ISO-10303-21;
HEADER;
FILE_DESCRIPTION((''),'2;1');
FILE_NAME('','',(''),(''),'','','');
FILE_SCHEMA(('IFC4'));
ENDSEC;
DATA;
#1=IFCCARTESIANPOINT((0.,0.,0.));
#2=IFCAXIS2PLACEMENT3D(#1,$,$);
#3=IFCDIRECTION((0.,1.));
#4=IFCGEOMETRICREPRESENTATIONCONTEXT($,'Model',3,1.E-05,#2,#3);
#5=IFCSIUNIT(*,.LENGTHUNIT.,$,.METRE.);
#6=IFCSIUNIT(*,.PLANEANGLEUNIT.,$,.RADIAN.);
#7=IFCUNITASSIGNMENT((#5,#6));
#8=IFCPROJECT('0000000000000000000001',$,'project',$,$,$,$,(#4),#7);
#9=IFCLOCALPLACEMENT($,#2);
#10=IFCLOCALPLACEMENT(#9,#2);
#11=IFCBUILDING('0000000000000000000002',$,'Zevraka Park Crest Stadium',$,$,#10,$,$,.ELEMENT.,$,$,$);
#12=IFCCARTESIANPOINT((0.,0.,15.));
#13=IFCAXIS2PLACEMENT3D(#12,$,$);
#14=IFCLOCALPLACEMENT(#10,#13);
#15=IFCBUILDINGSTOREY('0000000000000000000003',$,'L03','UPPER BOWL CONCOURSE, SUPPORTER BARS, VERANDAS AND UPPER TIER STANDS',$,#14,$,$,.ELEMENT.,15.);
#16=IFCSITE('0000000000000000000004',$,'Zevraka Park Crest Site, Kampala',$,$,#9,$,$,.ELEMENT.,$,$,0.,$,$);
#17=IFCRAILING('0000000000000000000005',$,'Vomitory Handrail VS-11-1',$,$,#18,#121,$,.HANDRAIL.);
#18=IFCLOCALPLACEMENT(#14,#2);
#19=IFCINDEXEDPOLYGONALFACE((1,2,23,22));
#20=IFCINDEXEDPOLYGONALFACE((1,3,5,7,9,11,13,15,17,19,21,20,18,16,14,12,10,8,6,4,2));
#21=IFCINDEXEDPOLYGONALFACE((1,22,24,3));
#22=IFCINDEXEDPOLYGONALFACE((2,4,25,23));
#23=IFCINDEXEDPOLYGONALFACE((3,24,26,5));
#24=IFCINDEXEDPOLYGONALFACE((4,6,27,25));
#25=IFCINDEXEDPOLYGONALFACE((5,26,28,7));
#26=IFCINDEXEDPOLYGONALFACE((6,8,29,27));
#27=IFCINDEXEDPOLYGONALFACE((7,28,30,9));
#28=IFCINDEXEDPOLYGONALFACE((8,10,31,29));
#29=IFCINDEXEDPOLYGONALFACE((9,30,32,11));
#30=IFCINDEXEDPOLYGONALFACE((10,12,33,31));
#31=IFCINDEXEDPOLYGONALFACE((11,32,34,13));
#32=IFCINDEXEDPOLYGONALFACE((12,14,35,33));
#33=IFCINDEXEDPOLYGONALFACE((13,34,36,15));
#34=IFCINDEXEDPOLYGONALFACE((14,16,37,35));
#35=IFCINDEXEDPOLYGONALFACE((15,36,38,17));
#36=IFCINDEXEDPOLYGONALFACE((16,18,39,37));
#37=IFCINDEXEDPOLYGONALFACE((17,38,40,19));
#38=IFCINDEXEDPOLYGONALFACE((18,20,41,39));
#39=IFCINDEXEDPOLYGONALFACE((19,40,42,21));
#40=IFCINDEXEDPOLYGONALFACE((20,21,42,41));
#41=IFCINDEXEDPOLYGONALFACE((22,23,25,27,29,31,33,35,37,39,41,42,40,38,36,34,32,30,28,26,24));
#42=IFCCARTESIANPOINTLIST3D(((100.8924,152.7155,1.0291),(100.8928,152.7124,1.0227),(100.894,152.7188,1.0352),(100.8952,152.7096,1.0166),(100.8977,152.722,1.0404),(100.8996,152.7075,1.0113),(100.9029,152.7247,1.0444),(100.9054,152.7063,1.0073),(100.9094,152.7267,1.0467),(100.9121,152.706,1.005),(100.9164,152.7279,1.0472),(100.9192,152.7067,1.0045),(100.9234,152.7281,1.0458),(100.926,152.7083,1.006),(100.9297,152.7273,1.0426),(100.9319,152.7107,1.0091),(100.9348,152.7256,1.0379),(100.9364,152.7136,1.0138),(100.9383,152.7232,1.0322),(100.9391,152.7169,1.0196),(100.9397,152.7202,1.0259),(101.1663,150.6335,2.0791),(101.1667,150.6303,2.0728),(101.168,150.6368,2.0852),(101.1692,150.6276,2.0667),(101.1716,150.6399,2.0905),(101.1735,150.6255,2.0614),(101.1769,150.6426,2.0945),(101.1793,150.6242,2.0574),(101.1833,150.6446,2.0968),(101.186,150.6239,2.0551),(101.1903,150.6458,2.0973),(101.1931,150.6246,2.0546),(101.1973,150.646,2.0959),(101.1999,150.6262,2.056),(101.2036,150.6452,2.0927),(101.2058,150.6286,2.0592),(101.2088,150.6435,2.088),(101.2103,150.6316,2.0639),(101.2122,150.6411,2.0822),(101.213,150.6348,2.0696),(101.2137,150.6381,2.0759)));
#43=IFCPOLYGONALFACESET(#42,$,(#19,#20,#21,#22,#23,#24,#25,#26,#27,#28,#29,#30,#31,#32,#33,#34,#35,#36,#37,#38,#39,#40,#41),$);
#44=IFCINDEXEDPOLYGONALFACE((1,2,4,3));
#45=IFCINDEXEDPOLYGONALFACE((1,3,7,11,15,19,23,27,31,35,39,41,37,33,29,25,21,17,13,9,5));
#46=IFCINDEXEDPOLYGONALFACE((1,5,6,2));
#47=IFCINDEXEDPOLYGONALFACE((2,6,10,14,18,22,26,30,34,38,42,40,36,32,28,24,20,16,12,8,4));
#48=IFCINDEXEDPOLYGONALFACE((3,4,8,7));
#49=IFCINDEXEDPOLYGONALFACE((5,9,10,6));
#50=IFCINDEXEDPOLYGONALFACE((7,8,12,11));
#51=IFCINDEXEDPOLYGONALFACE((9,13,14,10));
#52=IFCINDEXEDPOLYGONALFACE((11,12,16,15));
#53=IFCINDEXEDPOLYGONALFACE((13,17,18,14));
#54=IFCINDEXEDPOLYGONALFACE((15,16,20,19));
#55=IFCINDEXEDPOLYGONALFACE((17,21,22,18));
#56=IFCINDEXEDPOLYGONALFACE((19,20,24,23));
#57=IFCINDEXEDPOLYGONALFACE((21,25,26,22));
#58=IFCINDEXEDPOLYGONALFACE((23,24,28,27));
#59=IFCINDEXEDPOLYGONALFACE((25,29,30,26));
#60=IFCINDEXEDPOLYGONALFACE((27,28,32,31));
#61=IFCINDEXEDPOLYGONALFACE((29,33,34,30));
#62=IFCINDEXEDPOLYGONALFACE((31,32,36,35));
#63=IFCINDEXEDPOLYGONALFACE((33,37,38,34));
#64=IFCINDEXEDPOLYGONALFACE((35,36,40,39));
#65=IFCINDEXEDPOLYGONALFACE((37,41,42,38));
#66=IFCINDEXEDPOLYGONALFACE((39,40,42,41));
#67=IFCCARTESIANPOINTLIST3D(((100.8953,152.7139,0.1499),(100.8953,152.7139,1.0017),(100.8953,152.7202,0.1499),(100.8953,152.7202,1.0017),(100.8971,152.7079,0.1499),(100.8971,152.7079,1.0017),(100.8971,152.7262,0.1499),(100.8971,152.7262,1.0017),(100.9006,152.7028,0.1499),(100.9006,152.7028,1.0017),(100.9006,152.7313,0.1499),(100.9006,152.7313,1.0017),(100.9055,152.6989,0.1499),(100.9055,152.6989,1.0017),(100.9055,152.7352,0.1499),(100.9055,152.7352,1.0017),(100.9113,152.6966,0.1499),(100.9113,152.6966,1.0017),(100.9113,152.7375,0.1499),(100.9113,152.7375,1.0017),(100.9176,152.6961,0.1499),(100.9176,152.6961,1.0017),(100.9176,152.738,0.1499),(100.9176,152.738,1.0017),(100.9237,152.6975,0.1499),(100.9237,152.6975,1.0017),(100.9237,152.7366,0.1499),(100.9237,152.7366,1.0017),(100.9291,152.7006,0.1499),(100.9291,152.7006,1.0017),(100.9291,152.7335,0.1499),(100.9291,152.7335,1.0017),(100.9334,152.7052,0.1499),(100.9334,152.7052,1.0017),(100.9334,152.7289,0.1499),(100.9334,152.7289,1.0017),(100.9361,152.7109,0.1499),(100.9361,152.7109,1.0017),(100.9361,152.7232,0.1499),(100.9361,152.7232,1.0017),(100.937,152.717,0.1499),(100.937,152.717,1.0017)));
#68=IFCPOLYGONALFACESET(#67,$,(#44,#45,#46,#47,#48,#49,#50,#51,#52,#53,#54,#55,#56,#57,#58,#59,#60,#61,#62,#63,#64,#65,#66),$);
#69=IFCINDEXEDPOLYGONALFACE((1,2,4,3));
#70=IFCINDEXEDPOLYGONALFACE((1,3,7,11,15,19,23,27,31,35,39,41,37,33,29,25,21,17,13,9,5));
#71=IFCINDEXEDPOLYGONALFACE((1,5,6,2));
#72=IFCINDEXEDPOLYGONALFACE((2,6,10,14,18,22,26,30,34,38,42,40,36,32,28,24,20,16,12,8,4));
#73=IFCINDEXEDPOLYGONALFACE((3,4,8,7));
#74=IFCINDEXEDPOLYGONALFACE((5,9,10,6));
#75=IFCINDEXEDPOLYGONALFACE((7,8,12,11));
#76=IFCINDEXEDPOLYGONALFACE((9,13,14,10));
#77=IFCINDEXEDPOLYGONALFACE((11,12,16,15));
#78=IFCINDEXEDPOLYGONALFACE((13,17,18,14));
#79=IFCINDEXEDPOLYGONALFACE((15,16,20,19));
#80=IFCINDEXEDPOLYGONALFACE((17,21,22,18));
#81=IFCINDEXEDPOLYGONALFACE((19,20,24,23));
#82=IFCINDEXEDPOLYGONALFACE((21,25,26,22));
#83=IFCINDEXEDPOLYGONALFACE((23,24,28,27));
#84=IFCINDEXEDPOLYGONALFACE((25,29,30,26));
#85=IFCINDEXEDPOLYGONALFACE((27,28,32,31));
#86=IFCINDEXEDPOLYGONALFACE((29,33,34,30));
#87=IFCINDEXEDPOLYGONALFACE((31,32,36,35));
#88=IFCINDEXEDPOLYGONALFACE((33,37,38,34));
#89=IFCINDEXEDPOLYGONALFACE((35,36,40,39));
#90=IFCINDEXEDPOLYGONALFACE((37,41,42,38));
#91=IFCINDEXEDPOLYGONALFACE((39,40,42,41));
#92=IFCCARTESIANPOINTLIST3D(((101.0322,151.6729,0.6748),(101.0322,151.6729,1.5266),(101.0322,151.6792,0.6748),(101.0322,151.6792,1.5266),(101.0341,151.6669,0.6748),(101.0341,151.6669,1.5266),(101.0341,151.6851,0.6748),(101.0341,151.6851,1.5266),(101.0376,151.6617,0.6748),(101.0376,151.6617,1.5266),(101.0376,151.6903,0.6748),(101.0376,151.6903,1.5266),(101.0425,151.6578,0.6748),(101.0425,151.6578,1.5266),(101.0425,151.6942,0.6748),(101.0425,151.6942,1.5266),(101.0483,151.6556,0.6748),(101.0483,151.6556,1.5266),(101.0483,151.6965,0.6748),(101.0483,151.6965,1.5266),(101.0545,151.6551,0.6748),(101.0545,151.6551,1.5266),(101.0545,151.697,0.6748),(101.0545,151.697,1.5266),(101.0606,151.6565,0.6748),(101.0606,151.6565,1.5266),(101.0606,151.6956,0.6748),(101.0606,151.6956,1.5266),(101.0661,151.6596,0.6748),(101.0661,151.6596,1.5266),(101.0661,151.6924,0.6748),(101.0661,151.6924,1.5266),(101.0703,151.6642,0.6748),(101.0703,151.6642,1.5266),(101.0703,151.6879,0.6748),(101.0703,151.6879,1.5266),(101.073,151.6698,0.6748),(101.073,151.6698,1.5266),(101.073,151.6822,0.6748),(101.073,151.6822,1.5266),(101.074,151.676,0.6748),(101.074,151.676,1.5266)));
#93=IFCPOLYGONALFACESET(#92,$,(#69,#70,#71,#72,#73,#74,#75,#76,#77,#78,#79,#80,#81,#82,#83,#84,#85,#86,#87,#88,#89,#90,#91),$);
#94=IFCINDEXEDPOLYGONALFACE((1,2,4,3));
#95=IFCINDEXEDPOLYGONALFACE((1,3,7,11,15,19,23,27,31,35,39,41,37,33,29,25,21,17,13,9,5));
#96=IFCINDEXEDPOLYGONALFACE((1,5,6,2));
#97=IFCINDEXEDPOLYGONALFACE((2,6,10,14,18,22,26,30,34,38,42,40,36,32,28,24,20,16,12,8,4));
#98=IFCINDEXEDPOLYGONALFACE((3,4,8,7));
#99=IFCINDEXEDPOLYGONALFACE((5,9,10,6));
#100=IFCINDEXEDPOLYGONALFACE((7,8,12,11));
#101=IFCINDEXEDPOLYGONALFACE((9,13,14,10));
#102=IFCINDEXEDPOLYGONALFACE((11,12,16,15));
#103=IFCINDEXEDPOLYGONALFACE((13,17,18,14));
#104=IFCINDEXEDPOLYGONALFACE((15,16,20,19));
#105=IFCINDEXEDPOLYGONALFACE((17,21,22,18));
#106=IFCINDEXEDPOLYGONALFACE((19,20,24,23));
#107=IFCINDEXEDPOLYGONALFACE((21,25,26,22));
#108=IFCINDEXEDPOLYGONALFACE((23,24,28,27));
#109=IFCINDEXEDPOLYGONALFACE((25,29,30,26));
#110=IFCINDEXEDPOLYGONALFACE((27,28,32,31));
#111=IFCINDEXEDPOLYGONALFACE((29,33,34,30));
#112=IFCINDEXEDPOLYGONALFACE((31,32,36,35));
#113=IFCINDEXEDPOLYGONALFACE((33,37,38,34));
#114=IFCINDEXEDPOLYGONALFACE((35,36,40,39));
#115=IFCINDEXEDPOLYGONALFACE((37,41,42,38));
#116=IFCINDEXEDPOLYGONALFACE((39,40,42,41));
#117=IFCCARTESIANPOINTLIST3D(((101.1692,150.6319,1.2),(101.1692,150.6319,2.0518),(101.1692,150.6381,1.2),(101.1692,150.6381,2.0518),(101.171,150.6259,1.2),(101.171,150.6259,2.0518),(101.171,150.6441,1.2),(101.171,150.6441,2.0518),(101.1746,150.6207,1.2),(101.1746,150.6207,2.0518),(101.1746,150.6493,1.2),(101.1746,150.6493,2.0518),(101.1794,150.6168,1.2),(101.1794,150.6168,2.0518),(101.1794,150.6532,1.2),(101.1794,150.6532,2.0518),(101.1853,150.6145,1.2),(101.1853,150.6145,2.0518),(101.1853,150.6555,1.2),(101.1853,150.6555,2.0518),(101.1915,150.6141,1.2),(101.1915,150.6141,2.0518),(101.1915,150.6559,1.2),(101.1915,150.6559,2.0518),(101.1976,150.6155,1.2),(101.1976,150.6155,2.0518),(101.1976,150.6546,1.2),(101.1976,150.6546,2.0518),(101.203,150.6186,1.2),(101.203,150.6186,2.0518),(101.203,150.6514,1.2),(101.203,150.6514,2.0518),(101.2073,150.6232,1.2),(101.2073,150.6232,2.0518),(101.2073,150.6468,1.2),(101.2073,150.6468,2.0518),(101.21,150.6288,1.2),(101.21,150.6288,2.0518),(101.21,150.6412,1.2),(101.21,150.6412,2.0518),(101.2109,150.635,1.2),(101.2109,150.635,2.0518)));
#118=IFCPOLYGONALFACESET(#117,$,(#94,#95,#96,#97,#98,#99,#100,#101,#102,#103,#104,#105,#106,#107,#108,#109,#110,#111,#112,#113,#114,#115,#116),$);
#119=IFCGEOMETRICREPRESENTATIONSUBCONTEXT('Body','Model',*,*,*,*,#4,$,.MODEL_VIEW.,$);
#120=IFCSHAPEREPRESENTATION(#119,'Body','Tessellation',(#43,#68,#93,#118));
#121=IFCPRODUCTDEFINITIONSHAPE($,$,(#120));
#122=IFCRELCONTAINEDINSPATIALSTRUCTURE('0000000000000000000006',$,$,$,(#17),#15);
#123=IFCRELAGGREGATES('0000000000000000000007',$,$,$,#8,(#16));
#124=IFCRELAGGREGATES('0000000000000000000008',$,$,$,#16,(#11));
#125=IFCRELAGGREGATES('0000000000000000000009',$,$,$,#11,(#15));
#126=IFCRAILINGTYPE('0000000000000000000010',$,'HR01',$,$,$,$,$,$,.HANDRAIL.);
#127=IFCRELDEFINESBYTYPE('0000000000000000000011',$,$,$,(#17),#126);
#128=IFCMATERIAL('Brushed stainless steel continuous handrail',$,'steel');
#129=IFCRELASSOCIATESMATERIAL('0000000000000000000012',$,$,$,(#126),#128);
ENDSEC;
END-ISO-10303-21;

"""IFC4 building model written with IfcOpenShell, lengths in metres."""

from ifc_helpers import new_model, si_unit, direction, frame, origin, origin_2d, place, context, subcontext, project, spatial, circle, extrude, material, type_object, element, save


model = new_model("IFC4")

# Units and contexts
model_context = context("Model", 3, precision=1e-05, world=origin(), true_north=direction((0.0, 1.0)))
body_context = subcontext(model_context, "Body", "Model", "MODEL_VIEW")
ifc_project = project(units=[si_unit("LENGTHUNIT", "METRE"), si_unit("PLANEANGLEUNIT", "RADIAN")], contexts=[model_context])

# Site, building, storey
site_placement = place(None, origin())
site = spatial("IfcSite", under=ifc_project, at=site_placement, Name="Zevraka Park Crest Site, Kampala", CompositionType="ELEMENT", RefElevation=0.0)
building_placement = place(site_placement, origin())
building = spatial("IfcBuilding", under=site, at=building_placement, Name="Zevraka Park Crest Stadium", CompositionType="ELEMENT")
storey_placement = place(building_placement, frame((0.0, 0.0, 15.0)))
storey = spatial("IfcBuildingStorey", under=building, at=storey_placement, Name="L03", Description="UPPER BOWL CONCOURSE, SUPPORTER BARS, VERANDAS AND UPPER TIER STANDS", CompositionType="ELEMENT", Elevation=15.0)

# Railing
ifc_material_1 = material(Name="Brushed stainless steel continuous handrail", Category="steel")
railing_type_1 = type_object("IfcRailingType", Name="HR01", PredefinedType="HANDRAIL", material=ifc_material_1)
railing_1_placement = place(storey_placement, frame((100.916, 152.717, 0.1499)))
element("IfcRailing", 1, at=railing_1_placement, inside=storey, type_object=railing_type_1, Name="Vomitory Handrail VS-11-1", PredefinedType="HANDRAIL", context=body_context, shape_type="SweptSolid", body=[
    extrude(circle(Radius=0.0239, at=origin_2d()), frame((0.0, 0.0, 0.876), z_axis=(0.11667, -0.886775, 0.447235), x_axis=(0.991456, 0.130442, 0.0)), (0.0, 0.0, 1.0), 2.3479),
    extrude(circle(Radius=0.021, at=origin_2d()), origin(), (0.0, 0.0, 1.0), 0.8518),
    extrude(circle(Radius=0.021, at=origin_2d()), frame((0.137, -1.041, 0.5249)), (0.0, 0.0, 1.0), 0.8518),
    extrude(circle(Radius=0.021, at=origin_2d()), frame((0.2739, -2.082, 1.05)), (0.0, 0.0, 1.0), 0.8518),
])

save(model, "model.ifc")
